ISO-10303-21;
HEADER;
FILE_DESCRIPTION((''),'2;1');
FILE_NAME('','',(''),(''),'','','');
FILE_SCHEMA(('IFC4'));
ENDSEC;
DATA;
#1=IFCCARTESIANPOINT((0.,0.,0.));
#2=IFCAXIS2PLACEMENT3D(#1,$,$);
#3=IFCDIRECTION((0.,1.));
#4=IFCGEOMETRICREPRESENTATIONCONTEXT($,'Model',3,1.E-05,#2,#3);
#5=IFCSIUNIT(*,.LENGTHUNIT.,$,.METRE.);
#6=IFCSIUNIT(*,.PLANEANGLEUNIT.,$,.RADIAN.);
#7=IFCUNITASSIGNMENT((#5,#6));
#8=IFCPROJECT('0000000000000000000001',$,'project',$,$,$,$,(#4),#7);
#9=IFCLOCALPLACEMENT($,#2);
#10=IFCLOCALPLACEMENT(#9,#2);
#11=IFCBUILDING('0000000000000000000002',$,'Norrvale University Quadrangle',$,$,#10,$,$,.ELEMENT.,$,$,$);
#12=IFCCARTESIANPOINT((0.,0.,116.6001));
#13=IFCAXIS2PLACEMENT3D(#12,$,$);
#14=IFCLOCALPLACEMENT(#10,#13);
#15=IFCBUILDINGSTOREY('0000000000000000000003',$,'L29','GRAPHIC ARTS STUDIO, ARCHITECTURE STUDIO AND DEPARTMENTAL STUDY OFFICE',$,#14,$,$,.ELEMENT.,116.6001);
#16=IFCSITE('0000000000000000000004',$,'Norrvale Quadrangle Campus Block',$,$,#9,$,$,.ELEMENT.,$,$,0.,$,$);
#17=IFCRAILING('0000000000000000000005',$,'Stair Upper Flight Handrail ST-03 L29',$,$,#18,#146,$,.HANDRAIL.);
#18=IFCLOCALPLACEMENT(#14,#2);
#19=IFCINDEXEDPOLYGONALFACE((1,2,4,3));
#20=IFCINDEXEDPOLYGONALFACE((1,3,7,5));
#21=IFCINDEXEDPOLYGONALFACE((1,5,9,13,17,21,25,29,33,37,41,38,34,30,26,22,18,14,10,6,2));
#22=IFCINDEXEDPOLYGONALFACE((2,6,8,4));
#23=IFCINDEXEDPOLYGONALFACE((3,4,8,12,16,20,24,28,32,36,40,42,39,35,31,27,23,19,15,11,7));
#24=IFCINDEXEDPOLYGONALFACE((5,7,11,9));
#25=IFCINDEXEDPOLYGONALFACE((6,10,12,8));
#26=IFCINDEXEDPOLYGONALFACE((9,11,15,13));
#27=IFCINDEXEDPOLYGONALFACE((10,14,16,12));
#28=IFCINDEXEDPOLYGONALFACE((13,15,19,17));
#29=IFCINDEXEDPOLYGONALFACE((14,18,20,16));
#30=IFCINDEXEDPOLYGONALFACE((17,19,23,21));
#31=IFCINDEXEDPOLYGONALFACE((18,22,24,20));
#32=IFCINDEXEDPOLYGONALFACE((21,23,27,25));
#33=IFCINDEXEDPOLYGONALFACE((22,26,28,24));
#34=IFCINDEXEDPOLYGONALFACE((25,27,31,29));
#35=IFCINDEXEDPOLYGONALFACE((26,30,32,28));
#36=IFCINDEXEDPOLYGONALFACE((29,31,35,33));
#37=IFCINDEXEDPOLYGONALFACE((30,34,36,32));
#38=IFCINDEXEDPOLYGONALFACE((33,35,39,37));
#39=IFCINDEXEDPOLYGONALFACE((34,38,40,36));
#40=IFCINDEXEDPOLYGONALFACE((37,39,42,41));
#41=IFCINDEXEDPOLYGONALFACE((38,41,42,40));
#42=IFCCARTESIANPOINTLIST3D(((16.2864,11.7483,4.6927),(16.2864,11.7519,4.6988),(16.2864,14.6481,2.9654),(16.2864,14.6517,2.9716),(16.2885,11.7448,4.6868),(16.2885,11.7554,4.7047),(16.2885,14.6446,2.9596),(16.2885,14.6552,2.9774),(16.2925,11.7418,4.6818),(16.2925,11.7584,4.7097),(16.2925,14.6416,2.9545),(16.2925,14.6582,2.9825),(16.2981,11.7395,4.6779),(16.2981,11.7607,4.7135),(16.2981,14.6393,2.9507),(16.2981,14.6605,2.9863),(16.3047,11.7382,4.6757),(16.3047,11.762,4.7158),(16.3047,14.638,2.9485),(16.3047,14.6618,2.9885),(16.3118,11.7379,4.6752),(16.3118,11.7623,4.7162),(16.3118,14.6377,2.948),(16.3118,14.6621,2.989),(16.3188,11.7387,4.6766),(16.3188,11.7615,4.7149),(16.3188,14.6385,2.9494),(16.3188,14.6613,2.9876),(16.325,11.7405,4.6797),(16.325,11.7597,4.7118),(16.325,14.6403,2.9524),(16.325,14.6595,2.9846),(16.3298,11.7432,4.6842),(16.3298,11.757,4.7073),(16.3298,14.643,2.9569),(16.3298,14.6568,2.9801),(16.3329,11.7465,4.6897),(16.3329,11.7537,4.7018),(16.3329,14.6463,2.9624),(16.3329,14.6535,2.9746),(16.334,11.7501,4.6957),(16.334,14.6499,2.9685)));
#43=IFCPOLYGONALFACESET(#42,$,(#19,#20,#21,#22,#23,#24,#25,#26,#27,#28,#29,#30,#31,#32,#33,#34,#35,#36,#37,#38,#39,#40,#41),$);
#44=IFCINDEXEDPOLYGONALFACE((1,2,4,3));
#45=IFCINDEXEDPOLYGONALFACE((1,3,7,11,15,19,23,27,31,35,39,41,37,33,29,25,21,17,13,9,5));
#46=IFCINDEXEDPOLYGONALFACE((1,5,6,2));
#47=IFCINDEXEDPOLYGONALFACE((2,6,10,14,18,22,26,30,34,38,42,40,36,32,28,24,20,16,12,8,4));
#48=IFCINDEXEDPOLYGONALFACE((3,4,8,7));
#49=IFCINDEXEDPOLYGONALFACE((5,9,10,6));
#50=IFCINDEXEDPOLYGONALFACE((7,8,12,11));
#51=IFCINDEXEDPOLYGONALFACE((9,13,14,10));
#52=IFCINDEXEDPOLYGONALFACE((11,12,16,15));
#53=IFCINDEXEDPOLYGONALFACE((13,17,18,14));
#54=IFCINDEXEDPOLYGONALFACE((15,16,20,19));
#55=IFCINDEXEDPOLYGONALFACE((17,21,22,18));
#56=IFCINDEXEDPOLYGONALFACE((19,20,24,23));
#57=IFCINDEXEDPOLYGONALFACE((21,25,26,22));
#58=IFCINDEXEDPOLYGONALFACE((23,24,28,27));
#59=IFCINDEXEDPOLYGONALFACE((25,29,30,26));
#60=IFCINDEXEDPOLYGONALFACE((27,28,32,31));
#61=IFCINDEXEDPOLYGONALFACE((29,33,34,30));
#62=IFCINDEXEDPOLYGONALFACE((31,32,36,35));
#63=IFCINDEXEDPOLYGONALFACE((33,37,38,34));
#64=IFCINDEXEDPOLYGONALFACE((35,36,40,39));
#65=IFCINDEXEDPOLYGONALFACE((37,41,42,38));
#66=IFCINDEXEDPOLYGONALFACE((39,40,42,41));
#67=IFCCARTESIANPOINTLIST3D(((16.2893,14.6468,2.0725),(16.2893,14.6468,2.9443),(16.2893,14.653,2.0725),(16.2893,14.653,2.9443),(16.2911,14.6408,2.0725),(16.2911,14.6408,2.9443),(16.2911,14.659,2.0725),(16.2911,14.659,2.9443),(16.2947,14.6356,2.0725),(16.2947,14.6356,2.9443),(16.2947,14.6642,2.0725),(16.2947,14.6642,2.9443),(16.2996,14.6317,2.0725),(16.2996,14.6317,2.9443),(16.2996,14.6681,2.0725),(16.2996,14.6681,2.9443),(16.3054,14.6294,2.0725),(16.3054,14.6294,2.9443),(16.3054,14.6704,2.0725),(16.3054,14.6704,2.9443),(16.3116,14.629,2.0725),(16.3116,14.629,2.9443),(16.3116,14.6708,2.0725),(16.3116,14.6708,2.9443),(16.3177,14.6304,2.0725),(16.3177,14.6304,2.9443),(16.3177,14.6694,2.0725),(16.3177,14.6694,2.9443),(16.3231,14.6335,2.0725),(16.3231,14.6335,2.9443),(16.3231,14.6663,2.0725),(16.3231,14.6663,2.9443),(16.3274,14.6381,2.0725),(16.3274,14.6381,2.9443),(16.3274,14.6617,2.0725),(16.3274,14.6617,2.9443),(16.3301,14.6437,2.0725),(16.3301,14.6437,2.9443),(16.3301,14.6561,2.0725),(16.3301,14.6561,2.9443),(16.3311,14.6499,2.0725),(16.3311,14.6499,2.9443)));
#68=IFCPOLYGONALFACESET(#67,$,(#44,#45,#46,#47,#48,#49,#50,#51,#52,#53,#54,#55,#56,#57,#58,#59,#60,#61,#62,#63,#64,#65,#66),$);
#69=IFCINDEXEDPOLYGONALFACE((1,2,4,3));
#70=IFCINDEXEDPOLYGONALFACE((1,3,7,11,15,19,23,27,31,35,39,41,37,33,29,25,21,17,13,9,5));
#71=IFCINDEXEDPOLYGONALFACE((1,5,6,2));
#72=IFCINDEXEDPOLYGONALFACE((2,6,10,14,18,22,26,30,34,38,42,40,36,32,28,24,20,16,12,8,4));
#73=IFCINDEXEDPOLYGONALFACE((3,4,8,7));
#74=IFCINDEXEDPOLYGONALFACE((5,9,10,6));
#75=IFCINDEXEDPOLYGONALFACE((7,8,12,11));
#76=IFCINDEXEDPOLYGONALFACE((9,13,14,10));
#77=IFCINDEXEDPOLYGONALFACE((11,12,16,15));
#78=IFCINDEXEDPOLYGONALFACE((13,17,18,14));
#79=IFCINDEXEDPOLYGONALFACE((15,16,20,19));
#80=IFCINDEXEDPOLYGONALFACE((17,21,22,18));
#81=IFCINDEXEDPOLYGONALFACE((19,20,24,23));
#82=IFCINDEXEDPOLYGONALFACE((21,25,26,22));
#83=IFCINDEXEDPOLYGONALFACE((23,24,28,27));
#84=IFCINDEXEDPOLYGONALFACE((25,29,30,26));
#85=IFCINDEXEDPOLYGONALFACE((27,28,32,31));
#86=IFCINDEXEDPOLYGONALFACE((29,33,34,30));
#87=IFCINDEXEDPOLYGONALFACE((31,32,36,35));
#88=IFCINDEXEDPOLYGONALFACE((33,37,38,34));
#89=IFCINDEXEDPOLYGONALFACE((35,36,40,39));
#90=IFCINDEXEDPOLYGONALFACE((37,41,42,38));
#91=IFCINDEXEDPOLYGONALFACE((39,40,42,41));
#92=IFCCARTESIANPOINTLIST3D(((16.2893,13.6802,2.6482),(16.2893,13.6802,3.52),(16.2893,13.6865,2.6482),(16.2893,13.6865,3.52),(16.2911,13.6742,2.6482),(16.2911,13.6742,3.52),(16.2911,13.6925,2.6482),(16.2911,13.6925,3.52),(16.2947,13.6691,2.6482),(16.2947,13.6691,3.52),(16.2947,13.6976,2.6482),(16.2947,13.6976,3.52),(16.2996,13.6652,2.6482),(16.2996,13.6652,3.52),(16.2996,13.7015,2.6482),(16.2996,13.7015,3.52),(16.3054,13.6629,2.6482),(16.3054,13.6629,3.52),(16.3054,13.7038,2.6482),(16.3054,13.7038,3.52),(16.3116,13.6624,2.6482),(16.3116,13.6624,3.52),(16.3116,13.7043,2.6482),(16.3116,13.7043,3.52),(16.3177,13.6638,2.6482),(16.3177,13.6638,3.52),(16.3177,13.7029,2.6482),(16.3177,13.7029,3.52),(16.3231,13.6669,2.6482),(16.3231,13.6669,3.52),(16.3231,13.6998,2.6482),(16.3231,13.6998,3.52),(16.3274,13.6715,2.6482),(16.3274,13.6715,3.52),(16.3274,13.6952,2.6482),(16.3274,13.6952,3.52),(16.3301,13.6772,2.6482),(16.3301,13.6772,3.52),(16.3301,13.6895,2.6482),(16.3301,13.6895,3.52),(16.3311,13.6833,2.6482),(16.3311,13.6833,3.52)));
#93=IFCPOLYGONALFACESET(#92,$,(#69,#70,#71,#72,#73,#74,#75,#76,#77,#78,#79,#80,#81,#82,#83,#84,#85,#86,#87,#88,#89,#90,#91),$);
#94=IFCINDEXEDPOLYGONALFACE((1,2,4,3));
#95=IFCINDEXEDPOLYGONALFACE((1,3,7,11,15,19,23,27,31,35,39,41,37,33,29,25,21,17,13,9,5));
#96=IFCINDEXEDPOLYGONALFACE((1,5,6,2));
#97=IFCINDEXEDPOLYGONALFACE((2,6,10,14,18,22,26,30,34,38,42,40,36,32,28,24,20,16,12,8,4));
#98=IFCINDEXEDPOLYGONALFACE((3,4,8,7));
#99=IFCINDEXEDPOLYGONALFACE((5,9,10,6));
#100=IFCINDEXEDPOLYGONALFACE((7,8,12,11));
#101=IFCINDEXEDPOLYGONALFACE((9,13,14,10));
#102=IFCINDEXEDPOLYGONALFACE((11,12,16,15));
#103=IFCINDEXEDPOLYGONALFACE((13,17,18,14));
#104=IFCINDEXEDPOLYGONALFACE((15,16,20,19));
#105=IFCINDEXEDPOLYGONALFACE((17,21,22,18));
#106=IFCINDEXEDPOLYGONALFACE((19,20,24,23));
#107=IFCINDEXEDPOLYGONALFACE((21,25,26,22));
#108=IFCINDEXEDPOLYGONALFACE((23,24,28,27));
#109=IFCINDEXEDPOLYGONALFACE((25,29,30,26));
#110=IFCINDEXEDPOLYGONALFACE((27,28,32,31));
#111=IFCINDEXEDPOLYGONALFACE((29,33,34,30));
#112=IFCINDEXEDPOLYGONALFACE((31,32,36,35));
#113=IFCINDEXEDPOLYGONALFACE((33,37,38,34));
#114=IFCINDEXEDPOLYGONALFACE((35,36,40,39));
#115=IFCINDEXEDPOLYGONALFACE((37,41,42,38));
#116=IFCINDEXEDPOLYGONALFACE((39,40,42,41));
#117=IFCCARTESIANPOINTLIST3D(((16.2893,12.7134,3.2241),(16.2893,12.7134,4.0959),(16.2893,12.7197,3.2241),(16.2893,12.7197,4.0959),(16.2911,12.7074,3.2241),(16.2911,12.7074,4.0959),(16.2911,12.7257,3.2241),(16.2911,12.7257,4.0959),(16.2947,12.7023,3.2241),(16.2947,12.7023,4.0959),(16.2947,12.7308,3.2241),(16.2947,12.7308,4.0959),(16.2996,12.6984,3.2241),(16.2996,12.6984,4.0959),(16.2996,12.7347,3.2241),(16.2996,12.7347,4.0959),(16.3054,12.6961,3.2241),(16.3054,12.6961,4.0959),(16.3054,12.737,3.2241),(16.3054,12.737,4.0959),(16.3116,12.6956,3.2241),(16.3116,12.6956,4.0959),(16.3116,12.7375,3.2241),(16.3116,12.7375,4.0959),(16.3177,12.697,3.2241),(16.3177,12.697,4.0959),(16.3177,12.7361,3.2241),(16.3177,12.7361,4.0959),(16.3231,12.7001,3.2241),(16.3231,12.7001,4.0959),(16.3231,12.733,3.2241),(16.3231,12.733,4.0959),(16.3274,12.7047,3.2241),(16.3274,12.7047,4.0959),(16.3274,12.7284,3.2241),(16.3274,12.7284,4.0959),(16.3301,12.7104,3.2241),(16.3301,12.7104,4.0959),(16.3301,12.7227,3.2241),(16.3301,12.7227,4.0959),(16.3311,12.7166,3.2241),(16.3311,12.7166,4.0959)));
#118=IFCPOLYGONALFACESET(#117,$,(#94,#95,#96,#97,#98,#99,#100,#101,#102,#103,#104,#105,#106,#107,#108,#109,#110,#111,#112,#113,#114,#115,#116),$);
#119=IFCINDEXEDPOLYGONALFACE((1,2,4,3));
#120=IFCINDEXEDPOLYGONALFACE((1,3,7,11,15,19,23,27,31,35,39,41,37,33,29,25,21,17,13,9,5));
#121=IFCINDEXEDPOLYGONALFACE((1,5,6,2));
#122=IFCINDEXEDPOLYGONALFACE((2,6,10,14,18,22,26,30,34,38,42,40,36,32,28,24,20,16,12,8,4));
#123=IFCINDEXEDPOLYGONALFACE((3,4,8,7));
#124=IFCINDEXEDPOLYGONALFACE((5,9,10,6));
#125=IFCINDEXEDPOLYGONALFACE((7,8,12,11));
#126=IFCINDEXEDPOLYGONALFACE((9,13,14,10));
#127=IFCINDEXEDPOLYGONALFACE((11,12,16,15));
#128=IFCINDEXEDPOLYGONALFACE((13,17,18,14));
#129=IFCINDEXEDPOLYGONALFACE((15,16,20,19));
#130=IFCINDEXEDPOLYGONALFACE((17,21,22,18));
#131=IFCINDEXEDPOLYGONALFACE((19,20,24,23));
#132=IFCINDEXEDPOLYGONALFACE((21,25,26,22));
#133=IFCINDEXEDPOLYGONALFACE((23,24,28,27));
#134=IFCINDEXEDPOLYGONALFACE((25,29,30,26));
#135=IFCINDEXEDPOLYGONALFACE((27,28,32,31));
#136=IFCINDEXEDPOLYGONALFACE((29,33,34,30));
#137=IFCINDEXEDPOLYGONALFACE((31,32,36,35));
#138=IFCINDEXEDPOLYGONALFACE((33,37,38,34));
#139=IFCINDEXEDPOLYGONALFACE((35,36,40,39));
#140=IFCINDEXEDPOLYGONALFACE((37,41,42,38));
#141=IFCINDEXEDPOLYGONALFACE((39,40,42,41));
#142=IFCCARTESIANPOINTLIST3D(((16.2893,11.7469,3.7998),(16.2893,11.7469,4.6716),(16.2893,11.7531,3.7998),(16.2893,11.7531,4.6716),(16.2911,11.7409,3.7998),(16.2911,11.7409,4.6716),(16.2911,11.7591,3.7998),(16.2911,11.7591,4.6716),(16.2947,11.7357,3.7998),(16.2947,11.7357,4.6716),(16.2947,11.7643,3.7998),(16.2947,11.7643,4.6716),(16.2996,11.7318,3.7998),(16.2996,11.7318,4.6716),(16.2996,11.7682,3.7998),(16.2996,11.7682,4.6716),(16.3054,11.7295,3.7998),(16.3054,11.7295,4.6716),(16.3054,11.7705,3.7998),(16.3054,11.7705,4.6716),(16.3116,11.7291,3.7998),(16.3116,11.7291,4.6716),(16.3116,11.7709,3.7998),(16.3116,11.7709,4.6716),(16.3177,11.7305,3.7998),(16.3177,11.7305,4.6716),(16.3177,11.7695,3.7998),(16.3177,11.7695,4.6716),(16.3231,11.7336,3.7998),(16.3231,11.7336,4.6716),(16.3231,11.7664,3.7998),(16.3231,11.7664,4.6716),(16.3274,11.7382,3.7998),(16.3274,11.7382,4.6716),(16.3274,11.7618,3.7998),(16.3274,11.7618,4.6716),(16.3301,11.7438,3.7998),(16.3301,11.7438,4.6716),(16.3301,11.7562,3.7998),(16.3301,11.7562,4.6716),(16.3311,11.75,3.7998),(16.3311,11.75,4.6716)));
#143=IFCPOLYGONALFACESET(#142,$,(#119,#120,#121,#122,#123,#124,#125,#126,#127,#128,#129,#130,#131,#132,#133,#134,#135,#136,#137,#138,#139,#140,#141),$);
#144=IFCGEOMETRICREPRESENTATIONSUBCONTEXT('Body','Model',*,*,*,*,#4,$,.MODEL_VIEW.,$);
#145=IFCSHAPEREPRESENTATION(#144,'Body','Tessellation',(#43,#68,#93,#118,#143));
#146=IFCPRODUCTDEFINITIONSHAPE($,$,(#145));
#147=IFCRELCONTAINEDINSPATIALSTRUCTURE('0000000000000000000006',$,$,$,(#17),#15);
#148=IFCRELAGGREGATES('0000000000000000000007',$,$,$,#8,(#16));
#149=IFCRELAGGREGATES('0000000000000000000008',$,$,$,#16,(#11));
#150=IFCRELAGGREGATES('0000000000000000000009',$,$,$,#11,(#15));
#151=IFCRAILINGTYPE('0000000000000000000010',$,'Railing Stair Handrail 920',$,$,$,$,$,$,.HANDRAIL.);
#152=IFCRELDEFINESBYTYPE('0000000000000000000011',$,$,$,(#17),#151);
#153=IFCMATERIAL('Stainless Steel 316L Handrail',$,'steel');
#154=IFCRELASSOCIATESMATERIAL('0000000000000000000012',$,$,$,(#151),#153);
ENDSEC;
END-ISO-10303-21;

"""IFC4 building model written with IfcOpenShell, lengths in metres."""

from ifc_helpers import new_model, si_unit, direction, frame, origin, origin_2d, place, context, subcontext, project, spatial, circle, extrude, material, type_object, element, save


model = new_model("IFC4")

# Units and contexts
model_context = context("Model", 3, precision=1e-05, world=origin(), true_north=direction((0.0, 1.0)))
body_context = subcontext(model_context, "Body", "Model", "MODEL_VIEW")
ifc_project = project(units=[si_unit("LENGTHUNIT", "METRE"), si_unit("PLANEANGLEUNIT", "RADIAN")], contexts=[model_context])

# Site, building, storey
site_placement = place(None, origin())
site = spatial("IfcSite", under=ifc_project, at=site_placement, Name="Norrvale Quadrangle Campus Block", CompositionType="ELEMENT", RefElevation=0.0)
building_placement = place(site_placement, origin())
building = spatial("IfcBuilding", under=site, at=building_placement, Name="Norrvale University Quadrangle", CompositionType="ELEMENT")
storey_placement = place(building_placement, frame((0.0, 0.0, 116.6001)))
storey = spatial("IfcBuildingStorey", under=building, at=storey_placement, Name="L29", Description="GRAPHIC ARTS STUDIO, ARCHITECTURE STUDIO AND DEPARTMENTAL STUDY OFFICE", CompositionType="ELEMENT", Elevation=116.6001)

# Railing
ifc_material_1 = material(Name="Stainless Steel 316L Handrail", Category="steel")
railing_type_1 = type_object("IfcRailingType", Name="Railing Stair Handrail 920", PredefinedType="HANDRAIL", material=ifc_material_1)
railing_1_placement = place(storey_placement, frame((16.3101, 14.6499, 2.0725)))
element("IfcRailing", 1, at=railing_1_placement, inside=storey, type_object=railing_type_1, Name="Stair Upper Flight Handrail ST-03 L29", PredefinedType="HANDRAIL", context=body_context, shape_type="SweptSolid", body=[
    extrude(circle(Radius=0.0239, at=origin_2d()), frame((0.0, 0.0, 0.896), z_axis=(0.0, -0.859141, 0.511738), x_axis=(1.0, 0.0, 0.0)), (0.0, 0.0, 1.0), 3.3752),
    extrude(circle(Radius=0.021, at=origin_2d()), origin(), (0.0, 0.0, 1.0), 0.8718),
    extrude(circle(Radius=0.021, at=origin_2d()), frame((0.0, -0.9666, 0.5757)), (0.0, 0.0, 1.0), 0.8718),
    extrude(circle(Radius=0.021, at=origin_2d()), frame((0.0, -1.9333, 1.1516)), (0.0, 0.0, 1.0), 0.8718),
    extrude(circle(Radius=0.021, at=origin_2d()), frame((0.0, -2.8999, 1.7273)), (0.0, 0.0, 1.0), 0.8718),
])

save(model, "model.ifc")
